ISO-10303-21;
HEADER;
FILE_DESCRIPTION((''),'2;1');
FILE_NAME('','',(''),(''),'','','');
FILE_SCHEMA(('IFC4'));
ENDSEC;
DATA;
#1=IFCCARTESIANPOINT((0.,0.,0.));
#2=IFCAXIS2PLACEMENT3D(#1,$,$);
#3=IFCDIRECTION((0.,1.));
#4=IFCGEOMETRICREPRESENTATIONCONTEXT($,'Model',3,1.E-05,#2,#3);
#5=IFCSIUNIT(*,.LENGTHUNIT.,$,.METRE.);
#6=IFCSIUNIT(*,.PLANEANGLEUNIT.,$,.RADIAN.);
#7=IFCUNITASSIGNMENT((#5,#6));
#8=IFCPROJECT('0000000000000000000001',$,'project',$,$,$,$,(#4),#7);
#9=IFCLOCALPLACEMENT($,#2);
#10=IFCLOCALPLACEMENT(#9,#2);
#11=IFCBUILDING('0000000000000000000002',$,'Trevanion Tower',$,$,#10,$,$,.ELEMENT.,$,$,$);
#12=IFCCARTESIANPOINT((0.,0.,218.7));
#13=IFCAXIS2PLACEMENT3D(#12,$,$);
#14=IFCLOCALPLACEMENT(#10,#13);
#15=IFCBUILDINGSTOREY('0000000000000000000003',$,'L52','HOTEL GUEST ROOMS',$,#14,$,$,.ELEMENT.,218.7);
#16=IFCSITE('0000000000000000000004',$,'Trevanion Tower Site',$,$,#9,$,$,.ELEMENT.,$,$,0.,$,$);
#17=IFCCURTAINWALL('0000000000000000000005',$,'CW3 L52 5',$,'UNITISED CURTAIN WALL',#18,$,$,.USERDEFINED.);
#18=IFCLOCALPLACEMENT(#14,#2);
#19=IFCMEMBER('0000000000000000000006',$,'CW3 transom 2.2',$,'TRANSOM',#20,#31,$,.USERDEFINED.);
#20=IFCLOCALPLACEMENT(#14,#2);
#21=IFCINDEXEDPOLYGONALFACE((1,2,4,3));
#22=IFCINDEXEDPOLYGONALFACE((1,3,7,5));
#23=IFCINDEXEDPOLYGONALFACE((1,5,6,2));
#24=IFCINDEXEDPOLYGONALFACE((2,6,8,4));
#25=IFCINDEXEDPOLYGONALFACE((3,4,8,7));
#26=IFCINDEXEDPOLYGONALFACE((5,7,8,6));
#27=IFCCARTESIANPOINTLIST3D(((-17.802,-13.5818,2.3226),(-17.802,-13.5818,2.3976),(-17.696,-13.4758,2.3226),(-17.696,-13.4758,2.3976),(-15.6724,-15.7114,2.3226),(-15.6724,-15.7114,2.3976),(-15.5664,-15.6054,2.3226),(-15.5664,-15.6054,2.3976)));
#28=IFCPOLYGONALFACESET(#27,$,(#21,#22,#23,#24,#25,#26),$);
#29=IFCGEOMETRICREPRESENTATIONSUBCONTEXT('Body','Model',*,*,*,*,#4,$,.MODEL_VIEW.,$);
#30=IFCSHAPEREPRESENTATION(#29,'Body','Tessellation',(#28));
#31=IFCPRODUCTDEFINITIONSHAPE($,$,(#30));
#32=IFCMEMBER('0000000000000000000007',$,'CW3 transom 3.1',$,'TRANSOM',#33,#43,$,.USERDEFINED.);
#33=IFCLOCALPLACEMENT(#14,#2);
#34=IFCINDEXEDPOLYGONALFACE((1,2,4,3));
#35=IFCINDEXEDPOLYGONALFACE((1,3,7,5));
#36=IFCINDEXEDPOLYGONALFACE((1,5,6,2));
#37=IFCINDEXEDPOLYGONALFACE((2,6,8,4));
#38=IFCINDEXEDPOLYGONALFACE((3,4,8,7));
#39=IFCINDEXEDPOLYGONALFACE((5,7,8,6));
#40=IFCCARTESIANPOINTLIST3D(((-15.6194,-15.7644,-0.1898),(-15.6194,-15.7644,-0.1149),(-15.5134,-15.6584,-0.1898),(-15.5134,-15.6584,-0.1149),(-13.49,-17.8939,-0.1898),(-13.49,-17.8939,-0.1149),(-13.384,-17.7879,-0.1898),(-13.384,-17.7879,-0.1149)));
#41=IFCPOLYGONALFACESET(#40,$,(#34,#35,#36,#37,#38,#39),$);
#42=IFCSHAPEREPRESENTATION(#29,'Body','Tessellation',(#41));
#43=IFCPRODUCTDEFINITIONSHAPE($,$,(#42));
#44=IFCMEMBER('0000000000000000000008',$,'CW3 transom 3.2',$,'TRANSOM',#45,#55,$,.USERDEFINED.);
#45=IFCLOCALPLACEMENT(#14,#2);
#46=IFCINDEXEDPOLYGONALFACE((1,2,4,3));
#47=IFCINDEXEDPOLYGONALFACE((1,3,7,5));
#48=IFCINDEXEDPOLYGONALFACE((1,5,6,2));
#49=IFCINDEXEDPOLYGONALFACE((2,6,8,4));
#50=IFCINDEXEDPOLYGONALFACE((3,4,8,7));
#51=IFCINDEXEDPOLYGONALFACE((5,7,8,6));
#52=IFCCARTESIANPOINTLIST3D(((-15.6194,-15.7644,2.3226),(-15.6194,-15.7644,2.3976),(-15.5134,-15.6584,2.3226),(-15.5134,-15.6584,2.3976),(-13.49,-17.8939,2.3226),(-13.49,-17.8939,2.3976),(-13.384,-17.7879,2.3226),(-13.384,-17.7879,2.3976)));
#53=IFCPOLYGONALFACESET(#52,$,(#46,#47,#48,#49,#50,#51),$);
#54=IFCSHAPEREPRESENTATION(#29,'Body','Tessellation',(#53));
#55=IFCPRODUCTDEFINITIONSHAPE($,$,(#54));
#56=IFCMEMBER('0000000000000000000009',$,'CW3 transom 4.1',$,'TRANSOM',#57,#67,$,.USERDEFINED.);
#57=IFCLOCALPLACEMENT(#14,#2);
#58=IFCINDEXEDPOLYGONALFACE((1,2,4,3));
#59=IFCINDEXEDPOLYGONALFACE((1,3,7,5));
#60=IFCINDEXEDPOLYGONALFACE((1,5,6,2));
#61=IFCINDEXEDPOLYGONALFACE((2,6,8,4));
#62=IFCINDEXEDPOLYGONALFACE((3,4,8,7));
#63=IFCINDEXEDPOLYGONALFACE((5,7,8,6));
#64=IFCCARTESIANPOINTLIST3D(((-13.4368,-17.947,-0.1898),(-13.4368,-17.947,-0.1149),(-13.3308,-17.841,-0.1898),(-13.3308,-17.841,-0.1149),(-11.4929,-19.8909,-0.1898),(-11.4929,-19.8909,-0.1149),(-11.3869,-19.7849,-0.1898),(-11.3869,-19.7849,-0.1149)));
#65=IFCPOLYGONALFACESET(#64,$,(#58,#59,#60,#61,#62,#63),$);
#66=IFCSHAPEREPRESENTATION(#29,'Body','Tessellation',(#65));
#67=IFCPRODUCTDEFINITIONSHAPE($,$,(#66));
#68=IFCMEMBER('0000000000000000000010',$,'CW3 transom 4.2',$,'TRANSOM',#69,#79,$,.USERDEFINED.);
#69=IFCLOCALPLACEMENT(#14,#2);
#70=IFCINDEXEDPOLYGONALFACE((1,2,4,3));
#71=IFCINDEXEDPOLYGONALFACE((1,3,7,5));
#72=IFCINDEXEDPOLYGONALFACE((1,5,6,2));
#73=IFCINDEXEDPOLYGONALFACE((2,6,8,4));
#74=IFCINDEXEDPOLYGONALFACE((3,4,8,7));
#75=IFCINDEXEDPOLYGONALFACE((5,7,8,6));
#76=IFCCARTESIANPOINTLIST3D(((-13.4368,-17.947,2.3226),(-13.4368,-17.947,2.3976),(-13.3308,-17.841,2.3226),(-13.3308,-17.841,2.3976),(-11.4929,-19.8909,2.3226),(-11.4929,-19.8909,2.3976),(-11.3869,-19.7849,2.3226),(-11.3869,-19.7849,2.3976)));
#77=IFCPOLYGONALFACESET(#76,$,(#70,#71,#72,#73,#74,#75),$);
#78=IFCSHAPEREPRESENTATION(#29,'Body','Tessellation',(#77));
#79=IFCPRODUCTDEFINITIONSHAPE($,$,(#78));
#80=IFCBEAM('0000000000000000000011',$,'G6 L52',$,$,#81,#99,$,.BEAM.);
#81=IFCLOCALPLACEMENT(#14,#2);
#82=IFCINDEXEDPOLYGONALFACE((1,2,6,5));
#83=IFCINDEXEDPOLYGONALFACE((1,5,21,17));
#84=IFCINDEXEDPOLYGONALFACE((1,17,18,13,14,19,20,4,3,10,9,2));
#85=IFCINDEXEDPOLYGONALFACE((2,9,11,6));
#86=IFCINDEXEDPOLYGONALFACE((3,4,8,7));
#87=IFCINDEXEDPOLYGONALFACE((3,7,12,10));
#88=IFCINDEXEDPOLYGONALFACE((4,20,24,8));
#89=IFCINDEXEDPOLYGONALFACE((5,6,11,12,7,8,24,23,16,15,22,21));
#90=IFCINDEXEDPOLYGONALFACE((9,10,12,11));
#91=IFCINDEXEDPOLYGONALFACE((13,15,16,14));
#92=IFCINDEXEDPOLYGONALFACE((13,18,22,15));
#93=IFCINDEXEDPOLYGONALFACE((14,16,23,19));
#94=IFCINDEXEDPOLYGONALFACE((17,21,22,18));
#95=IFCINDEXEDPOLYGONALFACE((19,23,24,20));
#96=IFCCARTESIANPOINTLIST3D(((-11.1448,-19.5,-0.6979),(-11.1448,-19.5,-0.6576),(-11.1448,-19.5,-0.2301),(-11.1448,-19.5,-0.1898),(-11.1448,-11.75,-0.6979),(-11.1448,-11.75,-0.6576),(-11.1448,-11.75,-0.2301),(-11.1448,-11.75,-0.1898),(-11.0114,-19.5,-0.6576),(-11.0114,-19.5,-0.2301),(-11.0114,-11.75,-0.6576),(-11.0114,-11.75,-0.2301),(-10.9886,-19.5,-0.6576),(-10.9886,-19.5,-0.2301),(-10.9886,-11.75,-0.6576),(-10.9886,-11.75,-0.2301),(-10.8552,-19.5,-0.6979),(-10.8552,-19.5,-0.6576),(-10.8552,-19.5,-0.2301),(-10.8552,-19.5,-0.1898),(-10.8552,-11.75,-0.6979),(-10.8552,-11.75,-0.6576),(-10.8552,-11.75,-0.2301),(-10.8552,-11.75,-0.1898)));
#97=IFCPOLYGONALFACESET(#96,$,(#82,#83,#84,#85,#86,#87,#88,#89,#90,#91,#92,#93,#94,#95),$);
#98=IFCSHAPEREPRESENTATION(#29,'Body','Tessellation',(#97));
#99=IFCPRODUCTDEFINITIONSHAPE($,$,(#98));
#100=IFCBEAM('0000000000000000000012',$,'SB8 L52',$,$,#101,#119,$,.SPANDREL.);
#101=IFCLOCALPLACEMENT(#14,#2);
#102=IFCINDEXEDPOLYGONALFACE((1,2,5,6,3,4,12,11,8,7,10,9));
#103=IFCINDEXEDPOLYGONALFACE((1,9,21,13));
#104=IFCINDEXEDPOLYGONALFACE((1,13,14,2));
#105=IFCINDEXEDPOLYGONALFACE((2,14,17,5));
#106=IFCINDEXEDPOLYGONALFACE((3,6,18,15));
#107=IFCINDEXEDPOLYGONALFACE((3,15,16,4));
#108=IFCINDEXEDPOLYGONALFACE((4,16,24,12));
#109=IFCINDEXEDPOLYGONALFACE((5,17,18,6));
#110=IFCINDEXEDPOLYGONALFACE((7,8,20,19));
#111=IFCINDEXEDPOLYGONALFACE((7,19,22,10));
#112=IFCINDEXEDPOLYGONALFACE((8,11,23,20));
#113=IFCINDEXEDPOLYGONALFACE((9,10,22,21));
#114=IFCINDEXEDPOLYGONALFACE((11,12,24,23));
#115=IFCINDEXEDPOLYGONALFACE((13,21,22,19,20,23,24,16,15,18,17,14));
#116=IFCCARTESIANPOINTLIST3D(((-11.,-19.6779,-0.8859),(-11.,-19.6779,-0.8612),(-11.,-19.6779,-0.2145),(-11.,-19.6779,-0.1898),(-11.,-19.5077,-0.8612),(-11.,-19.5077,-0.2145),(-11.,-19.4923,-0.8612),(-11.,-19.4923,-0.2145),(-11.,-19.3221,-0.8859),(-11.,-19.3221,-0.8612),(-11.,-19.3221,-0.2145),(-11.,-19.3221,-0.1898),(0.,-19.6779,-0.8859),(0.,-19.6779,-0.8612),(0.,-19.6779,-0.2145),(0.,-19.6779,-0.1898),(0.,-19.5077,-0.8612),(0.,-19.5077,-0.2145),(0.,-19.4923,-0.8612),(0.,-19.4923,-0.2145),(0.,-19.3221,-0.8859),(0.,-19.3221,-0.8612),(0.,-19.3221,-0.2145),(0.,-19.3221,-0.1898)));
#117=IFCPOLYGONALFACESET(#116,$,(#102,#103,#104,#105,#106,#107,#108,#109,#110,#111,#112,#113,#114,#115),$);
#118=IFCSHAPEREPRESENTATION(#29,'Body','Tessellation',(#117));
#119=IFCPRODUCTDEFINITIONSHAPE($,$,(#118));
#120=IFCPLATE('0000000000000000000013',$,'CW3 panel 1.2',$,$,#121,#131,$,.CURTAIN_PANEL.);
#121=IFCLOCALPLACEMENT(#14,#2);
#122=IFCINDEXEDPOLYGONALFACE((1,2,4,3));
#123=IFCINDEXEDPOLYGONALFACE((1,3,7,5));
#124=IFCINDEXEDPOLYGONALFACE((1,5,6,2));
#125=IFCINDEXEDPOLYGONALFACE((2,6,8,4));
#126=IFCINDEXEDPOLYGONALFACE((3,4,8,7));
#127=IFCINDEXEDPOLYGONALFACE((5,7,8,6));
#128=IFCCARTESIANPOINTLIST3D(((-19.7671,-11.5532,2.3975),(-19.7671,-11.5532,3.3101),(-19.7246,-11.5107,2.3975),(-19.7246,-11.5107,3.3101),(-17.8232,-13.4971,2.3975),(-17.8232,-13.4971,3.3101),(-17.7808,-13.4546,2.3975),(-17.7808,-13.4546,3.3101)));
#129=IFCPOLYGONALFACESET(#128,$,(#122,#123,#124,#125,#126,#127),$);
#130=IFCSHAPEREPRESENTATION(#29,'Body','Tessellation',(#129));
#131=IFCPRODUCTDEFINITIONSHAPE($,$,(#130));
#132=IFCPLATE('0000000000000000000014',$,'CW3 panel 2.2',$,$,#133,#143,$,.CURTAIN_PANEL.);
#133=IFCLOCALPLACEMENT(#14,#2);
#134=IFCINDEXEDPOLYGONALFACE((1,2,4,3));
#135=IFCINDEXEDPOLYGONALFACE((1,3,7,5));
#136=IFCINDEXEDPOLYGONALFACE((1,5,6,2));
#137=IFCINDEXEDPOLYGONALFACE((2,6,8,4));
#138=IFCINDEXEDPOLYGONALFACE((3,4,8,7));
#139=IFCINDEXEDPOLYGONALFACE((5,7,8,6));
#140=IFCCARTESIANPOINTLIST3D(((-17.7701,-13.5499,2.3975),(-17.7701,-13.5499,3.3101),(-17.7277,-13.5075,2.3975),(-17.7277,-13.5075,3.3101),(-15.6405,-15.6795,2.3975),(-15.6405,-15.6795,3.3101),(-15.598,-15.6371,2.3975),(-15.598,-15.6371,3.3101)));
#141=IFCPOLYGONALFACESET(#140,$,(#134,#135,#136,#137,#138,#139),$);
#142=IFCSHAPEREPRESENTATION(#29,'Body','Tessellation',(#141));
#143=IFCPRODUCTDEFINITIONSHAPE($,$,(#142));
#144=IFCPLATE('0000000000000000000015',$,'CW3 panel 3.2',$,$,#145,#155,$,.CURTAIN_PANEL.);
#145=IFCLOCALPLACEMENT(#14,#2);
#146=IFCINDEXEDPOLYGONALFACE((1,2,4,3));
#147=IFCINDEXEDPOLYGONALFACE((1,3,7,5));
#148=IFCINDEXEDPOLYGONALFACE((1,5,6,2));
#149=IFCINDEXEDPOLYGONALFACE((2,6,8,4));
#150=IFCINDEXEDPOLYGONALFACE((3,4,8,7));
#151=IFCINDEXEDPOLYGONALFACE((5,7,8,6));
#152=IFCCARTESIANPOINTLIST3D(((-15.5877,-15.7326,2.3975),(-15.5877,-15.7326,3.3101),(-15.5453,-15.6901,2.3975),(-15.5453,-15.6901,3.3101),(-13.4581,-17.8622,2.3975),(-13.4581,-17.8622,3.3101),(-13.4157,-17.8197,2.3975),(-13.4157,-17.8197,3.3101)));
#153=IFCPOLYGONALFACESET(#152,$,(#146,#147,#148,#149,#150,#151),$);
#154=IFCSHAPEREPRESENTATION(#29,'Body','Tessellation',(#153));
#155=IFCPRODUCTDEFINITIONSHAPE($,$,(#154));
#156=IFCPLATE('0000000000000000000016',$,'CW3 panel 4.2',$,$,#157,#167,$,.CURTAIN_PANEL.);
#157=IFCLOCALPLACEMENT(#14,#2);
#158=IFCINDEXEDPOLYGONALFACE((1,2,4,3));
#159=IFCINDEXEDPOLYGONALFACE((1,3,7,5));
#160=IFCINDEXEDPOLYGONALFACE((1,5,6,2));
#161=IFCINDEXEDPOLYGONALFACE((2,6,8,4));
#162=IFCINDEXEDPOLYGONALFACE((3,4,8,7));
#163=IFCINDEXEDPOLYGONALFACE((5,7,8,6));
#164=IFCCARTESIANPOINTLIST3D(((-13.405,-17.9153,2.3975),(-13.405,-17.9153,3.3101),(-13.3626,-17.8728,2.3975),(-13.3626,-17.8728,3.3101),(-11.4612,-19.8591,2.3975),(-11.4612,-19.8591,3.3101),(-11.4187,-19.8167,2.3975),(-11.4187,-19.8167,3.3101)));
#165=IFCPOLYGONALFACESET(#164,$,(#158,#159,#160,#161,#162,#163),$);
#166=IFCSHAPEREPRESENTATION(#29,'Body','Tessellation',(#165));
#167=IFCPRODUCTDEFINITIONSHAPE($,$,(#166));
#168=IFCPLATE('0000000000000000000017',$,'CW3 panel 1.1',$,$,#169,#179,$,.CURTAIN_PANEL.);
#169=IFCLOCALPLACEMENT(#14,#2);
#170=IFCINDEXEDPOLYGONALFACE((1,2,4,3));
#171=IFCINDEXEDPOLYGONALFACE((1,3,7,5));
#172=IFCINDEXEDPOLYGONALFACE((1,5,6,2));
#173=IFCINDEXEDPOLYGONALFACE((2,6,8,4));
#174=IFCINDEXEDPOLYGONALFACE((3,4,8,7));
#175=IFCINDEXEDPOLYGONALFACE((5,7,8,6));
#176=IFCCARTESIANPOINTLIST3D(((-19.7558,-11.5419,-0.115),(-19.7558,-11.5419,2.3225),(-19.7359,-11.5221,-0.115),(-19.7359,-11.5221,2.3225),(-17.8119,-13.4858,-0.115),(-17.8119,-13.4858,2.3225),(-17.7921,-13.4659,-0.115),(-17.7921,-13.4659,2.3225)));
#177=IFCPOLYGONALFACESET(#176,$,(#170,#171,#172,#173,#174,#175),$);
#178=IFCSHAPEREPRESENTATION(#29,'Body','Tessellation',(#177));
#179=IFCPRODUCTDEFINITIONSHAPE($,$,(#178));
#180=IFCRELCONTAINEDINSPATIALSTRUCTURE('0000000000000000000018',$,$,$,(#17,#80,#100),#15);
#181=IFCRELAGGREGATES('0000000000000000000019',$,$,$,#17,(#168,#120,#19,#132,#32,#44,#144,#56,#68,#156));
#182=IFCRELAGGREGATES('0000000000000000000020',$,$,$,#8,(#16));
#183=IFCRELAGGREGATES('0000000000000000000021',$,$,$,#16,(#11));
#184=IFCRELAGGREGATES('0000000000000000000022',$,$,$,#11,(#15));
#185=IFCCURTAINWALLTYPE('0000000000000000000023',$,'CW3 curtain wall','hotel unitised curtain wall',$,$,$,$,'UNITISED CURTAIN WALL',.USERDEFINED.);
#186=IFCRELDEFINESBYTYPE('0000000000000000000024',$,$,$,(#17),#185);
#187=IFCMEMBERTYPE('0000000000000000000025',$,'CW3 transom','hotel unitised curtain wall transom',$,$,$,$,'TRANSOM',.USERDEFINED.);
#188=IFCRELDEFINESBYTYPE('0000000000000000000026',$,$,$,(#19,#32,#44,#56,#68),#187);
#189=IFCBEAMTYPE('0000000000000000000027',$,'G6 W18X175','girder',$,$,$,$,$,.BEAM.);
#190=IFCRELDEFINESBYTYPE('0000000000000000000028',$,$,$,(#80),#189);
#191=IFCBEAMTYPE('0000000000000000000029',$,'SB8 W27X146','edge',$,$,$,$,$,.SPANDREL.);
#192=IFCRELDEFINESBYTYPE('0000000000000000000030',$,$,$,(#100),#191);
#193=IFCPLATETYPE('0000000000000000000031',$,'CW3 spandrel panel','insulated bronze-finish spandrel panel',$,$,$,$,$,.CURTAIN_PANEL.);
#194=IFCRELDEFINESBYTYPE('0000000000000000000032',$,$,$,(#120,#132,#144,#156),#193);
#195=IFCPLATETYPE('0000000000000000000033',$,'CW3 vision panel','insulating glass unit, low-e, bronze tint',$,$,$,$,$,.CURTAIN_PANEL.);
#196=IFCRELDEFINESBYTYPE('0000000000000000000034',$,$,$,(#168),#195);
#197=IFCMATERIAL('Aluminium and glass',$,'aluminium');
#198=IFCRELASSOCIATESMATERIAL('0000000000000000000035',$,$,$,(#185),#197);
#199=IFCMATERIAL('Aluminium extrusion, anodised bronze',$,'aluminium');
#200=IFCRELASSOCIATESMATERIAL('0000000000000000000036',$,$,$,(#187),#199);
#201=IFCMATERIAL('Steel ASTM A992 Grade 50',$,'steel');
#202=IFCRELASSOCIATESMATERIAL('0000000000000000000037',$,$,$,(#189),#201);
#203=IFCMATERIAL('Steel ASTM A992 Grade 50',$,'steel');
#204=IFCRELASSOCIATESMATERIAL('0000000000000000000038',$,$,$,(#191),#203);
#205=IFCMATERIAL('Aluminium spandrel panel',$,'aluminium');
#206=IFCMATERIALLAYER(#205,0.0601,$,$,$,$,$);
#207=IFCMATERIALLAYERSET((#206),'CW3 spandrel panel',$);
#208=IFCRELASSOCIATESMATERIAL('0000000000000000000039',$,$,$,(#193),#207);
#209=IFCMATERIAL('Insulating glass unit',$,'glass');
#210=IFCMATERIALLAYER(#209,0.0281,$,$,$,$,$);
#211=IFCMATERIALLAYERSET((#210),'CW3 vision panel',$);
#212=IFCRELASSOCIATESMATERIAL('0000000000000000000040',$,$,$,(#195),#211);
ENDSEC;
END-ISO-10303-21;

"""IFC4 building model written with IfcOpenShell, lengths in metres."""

from ifc_helpers import new_model, si_unit, direction, frame, origin, origin_2d, place, context, subcontext, project, spatial, rectangle, i_section, extrude, material, layer, layer_set, material_profile, profile_set, type_object, element, aggregate, save


model = new_model("IFC4")

# Units and contexts
model_context = context("Model", 3, precision=1e-05, world=origin(), true_north=direction((0.0, 1.0)))
body_context = subcontext(model_context, "Body", "Model", "MODEL_VIEW")
ifc_project = project(units=[si_unit("LENGTHUNIT", "METRE"), si_unit("PLANEANGLEUNIT", "RADIAN")], contexts=[model_context])

# Site, building, storey
site_placement = place(None, origin())
site = spatial("IfcSite", under=ifc_project, at=site_placement, Name="Trevanion Tower Site", CompositionType="ELEMENT", RefElevation=0.0)
building_placement = place(site_placement, origin())
building = spatial("IfcBuilding", under=site, at=building_placement, Name="Trevanion Tower", CompositionType="ELEMENT")
storey_placement = place(building_placement, frame((0.0, 0.0, 218.7)))
storey = spatial("IfcBuildingStorey", under=building, at=storey_placement, Name="L52", Description="HOTEL GUEST ROOMS", CompositionType="ELEMENT", Elevation=218.7)

# Curtain wall
ifc_material_1 = material(Name="Aluminium and glass", Category="aluminium")
curtain_wall_type = type_object("IfcCurtainWallType", Name="CW3 curtain wall", Description="hotel unitised curtain wall", ElementType="UNITISED CURTAIN WALL", PredefinedType="USERDEFINED", material=ifc_material_1)
curtain_wall_1_placement = place(storey_placement, origin())
curtain_wall_1 = element("IfcCurtainWall", 1, at=curtain_wall_1_placement, inside=storey, type_object=curtain_wall_type, Name="CW3 L52 5", ObjectType="UNITISED CURTAIN WALL", PredefinedType="USERDEFINED")

# Members
ifc_material_2 = material(Name="Aluminium extrusion, anodised bronze", Category="aluminium")
ifc_material_profile_1 = material_profile(ifc_material_2, rectangle(XDim=0.1499, YDim=0.075, at=origin_2d()), Name="CW3 transom")
ifc_profile_set_1 = profile_set([ifc_material_profile_1], Name="Aluminium extrusion, anodised bronze")
member_type_1 = type_object("IfcMemberType", Name="CW3 transom", Description="hotel unitised curtain wall transom", ElementType="TRANSOM", PredefinedType="USERDEFINED", material=ifc_profile_set_1)
member_1_placement = place(storey_placement, frame((-17.749, -13.5288, 2.3601), z_axis=(0.707107, -0.707107, 0.0), x_axis=(0.707107, 0.707107, 0.0)))
member_1 = element("IfcMember", 2, at=member_1_placement, type_object=member_type_1, Name="CW3 transom 2.2", ObjectType="TRANSOM", PredefinedType="USERDEFINED", context=body_context, shape_type="SweptSolid", body=[
    extrude(rectangle(XDim=0.1499, YDim=0.075, at=origin_2d()), origin(), (0.0, 0.0, 1.0), 3.0117),
])
member_2_placement = place(storey_placement, frame((-15.5664, -15.7114, -0.1523), z_axis=(0.707107, -0.707107, 0.0), x_axis=(0.707107, 0.707107, 0.0)))
member_2 = element("IfcMember", 3, at=member_2_placement, type_object=member_type_1, Name="CW3 transom 3.1", ObjectType="TRANSOM", PredefinedType="USERDEFINED", context=body_context, shape_type="SweptSolid", body=[
    extrude(rectangle(XDim=0.1499, YDim=0.075, at=origin_2d()), origin(), (0.0, 0.0, 1.0), 3.0115),
])
member_3_placement = place(storey_placement, frame((-15.5664, -15.7114, 2.3601), z_axis=(0.707107, -0.707107, 0.0), x_axis=(0.707107, 0.707107, 0.0)))
member_3 = element("IfcMember", 4, at=member_3_placement, type_object=member_type_1, Name="CW3 transom 3.2", ObjectType="TRANSOM", PredefinedType="USERDEFINED", context=body_context, shape_type="SweptSolid", body=[
    extrude(rectangle(XDim=0.1499, YDim=0.075, at=origin_2d()), origin(), (0.0, 0.0, 1.0), 3.0115),
])
member_4_placement = place(storey_placement, frame((-13.3838, -17.894, -0.1523), z_axis=(0.707107, -0.707107, 0.0), x_axis=(0.707107, 0.707107, 0.0)))
member_4 = element("IfcMember", 5, at=member_4_placement, type_object=member_type_1, Name="CW3 transom 4.1", ObjectType="TRANSOM", PredefinedType="USERDEFINED", context=body_context, shape_type="SweptSolid", body=[
    extrude(rectangle(XDim=0.1499, YDim=0.075, at=origin_2d()), origin(), (0.0, 0.0, 1.0), 2.749),
])
member_5_placement = place(storey_placement, frame((-13.3838, -17.894, 2.3601), z_axis=(0.707107, -0.707107, 0.0), x_axis=(0.707107, 0.707107, 0.0)))
member_5 = element("IfcMember", 6, at=member_5_placement, type_object=member_type_1, Name="CW3 transom 4.2", ObjectType="TRANSOM", PredefinedType="USERDEFINED", context=body_context, shape_type="SweptSolid", body=[
    extrude(rectangle(XDim=0.1499, YDim=0.075, at=origin_2d()), origin(), (0.0, 0.0, 1.0), 2.749),
])

# Beams
ifc_material_3 = material(Name="Steel ASTM A992 Grade 50", Category="steel")
ifc_material_profile_2 = material_profile(ifc_material_3, i_section(OverallWidth=0.2896, OverallDepth=0.5081, WebThickness=0.0227, FlangeThickness=0.0403, at=origin_2d()), Name="W18X175")
ifc_profile_set_2 = profile_set([ifc_material_profile_2], Name="Steel ASTM A992 Grade 50")
beam_type_1 = type_object("IfcBeamType", Name="G6 W18X175", Description="girder", PredefinedType="BEAM", material=ifc_profile_set_2)
beam_1_placement = place(storey_placement, frame((-11.0, -11.75, -0.4438), z_axis=(0.0, -1.0, 0.0), x_axis=(1.0, 0.0, 0.0)))
element("IfcBeam", 7, at=beam_1_placement, inside=storey, type_object=beam_type_1, Name="G6 L52", PredefinedType="BEAM", context=body_context, shape_type="SweptSolid", body=[
    extrude(i_section(OverallWidth=0.2896, OverallDepth=0.5081, WebThickness=0.0227, FlangeThickness=0.0403, at=origin_2d()), origin(), (0.0, 0.0, 1.0), 7.75),
])
ifc_material_4 = material(Name="Steel ASTM A992 Grade 50", Category="steel")
ifc_material_profile_3 = material_profile(ifc_material_4, i_section(OverallWidth=0.3557, OverallDepth=0.696, WebThickness=0.0154, FlangeThickness=0.0247, at=origin_2d()), Name="W27X146")
ifc_profile_set_3 = profile_set([ifc_material_profile_3], Name="Steel ASTM A992 Grade 50")
beam_type_2 = type_object("IfcBeamType", Name="SB8 W27X146", Description="edge", PredefinedType="SPANDREL", material=ifc_profile_set_3)
beam_2_placement = place(storey_placement, frame((-11.0, -19.5, -0.5378), z_axis=(1.0, 0.0, 0.0), x_axis=(0.0, 1.0, 0.0)))
element("IfcBeam", 8, at=beam_2_placement, inside=storey, type_object=beam_type_2, Name="SB8 L52", PredefinedType="SPANDREL", context=body_context, shape_type="SweptSolid", body=[
    extrude(i_section(OverallWidth=0.3557, OverallDepth=0.696, WebThickness=0.0154, FlangeThickness=0.0247, at=origin_2d()), origin(), (0.0, 0.0, 1.0), 11.0),
])

# Plates
ifc_material_5 = material(Name="Aluminium spandrel panel", Category="aluminium")
ifc_layer_1 = layer(ifc_material_5, 0.0601)
ifc_layer_set_1 = layer_set([ifc_layer_1], Name="CW3 spandrel panel")
plate_type_1 = type_object("IfcPlateType", Name="CW3 spandrel panel", Description="insulated bronze-finish spandrel panel", PredefinedType="CURTAIN_PANEL", material=ifc_layer_set_1)
plate_1_placement = place(storey_placement, frame((-18.7739, -12.5039, 2.3975), z_axis=(0.0, 0.0, 1.0), x_axis=(0.707107, -0.707107, 0.0)))
plate_1 = element("IfcPlate", 9, at=plate_1_placement, type_object=plate_type_1, Name="CW3 panel 1.2", PredefinedType="CURTAIN_PANEL", context=body_context, shape_type="SweptSolid", body=[
    extrude(rectangle(XDim=2.749, YDim=0.0601, at=origin_2d()), origin(), (0.0, 0.0, 1.0), 0.9126),
])
plate_2_placement = place(storey_placement, frame((-16.6841, -14.5935, 2.3975), z_axis=(0.0, 0.0, 1.0), x_axis=(0.707107, -0.707107, 0.0)))
plate_2 = element("IfcPlate", 10, at=plate_2_placement, type_object=plate_type_1, Name="CW3 panel 2.2", PredefinedType="CURTAIN_PANEL", context=body_context, shape_type="SweptSolid", body=[
    extrude(rectangle(XDim=3.0117, YDim=0.0601, at=origin_2d()), origin(), (0.0, 0.0, 1.0), 0.9126),
])
plate_3_placement = place(storey_placement, frame((-14.5017, -16.7761, 2.3975), z_axis=(0.0, 0.0, 1.0), x_axis=(0.707107, -0.707107, 0.0)))
plate_3 = element("IfcPlate", 11, at=plate_3_placement, type_object=plate_type_1, Name="CW3 panel 3.2", PredefinedType="CURTAIN_PANEL", context=body_context, shape_type="SweptSolid", body=[
    extrude(rectangle(XDim=3.0117, YDim=0.0601, at=origin_2d()), origin(), (0.0, 0.0, 1.0), 0.9126),
])
plate_4_placement = place(storey_placement, frame((-12.4119, -18.866, 2.3975), z_axis=(0.0, 0.0, 1.0), x_axis=(0.707107, -0.707107, 0.0)))
plate_4 = element("IfcPlate", 12, at=plate_4_placement, type_object=plate_type_1, Name="CW3 panel 4.2", PredefinedType="CURTAIN_PANEL", context=body_context, shape_type="SweptSolid", body=[
    extrude(rectangle(XDim=2.749, YDim=0.0601, at=origin_2d()), origin(), (0.0, 0.0, 1.0), 0.9126),
])
ifc_material_6 = material(Name="Insulating glass unit", Category="glass")
ifc_layer_2 = layer(ifc_material_6, 0.0281)
ifc_layer_set_2 = layer_set([ifc_layer_2], Name="CW3 vision panel")
plate_type_2 = type_object("IfcPlateType", Name="CW3 vision panel", Description="insulating glass unit, low-e, bronze tint", PredefinedType="CURTAIN_PANEL", material=ifc_layer_set_2)
plate_5_placement = place(storey_placement, frame((-18.7739, -12.5039, -0.115), z_axis=(0.0, 0.0, 1.0), x_axis=(0.707107, -0.707107, 0.0)))
plate_5 = element("IfcPlate", 13, at=plate_5_placement, type_object=plate_type_2, Name="CW3 panel 1.1", PredefinedType="CURTAIN_PANEL", context=body_context, shape_type="SweptSolid", body=[
    extrude(rectangle(XDim=2.749, YDim=0.0281, at=origin_2d()), origin(), (0.0, 0.0, 1.0), 2.4375),
])
aggregate(curtain_wall_1, [plate_5, plate_1, member_1, plate_2, member_2, member_3, plate_3, member_4, member_5, plate_4])

save(model, "model.ifc")
